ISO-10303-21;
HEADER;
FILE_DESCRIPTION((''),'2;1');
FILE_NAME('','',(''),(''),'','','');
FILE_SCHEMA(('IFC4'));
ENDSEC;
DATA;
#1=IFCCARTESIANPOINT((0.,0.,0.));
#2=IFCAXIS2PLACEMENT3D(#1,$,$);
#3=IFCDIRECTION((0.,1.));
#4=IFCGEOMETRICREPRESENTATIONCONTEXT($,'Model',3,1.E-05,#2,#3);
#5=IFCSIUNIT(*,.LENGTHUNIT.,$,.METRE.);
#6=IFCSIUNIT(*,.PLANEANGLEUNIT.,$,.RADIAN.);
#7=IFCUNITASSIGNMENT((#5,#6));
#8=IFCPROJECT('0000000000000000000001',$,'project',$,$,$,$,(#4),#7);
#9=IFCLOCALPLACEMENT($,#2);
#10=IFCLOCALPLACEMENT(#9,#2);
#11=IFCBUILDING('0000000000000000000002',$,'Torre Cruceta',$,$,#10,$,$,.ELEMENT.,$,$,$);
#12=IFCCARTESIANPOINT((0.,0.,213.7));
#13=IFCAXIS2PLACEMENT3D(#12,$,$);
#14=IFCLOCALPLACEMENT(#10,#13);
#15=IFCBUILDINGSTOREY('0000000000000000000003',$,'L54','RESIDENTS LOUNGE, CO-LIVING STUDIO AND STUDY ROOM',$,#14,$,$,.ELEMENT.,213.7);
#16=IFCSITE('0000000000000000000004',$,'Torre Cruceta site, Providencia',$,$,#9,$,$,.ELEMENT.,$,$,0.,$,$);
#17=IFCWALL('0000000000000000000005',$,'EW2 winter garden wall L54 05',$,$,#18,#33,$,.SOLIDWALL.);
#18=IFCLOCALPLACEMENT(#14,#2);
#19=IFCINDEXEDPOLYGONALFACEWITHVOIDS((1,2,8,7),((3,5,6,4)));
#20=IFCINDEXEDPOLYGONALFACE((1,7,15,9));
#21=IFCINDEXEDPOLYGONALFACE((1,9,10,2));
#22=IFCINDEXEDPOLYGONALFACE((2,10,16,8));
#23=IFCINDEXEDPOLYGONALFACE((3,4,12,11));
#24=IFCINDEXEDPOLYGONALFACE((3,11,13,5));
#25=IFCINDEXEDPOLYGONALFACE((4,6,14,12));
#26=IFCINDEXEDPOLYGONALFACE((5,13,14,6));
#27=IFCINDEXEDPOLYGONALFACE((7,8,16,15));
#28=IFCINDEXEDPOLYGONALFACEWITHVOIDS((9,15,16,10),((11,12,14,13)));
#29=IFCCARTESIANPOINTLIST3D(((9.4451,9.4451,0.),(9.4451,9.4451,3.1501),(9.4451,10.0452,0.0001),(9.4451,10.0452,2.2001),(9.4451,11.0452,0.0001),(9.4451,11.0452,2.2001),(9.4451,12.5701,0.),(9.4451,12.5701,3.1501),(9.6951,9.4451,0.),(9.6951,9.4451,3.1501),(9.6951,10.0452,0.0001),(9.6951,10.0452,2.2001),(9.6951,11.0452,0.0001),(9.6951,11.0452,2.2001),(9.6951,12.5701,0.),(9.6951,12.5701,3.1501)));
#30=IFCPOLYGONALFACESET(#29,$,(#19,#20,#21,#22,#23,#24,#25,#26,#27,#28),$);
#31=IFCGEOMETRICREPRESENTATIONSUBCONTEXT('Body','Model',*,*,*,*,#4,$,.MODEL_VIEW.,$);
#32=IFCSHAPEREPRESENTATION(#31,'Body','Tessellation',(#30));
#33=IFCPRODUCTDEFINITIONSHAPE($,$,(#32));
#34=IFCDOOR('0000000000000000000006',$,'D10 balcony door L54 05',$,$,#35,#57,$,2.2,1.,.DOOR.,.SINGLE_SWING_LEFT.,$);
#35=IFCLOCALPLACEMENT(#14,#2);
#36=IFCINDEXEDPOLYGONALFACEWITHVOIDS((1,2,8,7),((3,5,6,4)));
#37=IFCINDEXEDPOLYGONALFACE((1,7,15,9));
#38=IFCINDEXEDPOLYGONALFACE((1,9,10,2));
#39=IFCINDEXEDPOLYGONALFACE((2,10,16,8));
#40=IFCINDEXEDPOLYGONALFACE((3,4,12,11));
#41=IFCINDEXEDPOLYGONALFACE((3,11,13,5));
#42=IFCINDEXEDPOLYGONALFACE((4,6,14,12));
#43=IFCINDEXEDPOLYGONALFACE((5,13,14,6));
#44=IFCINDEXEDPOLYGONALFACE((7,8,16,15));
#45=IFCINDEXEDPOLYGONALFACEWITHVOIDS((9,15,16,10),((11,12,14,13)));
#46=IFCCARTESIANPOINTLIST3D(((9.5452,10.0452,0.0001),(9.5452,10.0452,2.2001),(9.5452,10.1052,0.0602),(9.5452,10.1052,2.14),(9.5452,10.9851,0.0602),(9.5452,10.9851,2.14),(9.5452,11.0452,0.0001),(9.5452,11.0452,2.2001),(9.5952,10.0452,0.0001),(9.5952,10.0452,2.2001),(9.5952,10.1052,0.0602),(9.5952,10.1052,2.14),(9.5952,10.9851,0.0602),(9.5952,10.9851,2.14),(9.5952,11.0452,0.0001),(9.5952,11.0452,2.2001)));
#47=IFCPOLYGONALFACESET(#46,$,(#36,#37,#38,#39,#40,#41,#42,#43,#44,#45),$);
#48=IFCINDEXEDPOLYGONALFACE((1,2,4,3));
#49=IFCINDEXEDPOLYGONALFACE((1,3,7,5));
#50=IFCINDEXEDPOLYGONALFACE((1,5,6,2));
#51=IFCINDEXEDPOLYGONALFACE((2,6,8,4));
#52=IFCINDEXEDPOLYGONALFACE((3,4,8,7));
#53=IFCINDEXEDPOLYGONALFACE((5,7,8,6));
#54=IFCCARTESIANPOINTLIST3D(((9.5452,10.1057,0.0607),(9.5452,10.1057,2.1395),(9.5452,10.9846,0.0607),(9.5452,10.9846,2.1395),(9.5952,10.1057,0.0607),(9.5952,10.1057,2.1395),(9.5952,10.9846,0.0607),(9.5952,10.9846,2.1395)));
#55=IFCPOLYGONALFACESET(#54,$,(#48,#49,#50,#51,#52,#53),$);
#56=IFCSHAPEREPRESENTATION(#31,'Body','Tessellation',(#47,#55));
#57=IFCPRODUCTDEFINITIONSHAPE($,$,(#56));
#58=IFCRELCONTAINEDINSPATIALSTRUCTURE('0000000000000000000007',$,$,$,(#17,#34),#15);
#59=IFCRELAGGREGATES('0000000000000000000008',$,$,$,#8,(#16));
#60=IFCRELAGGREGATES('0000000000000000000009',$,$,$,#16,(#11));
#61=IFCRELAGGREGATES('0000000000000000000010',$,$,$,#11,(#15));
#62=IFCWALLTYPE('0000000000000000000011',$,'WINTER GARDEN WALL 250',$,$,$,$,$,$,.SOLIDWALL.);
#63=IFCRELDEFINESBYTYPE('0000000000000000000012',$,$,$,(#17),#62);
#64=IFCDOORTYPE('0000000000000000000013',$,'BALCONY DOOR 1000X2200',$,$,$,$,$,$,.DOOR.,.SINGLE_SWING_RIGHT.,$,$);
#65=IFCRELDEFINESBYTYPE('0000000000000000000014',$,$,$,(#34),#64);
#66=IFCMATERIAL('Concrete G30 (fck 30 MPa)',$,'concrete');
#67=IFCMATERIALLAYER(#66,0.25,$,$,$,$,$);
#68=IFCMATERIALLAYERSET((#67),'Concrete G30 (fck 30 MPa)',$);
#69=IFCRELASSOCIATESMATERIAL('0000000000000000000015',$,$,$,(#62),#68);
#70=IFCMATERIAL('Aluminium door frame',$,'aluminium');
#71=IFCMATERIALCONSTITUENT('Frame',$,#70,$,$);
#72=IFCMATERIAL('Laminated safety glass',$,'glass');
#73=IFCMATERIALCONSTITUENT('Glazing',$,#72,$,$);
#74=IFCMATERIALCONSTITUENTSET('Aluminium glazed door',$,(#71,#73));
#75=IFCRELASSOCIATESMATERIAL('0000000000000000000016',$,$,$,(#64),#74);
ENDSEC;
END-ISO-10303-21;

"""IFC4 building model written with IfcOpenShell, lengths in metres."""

from ifc_helpers import new_model, si_unit, direction, frame, frame_2d, origin, place, context, subcontext, project, spatial, rectangle, hollow_rectangle, extrude, material, layer, layer_set, constituent, constituent_set, type_object, element, fill, save


model = new_model("IFC4")

# Units and contexts
model_context = context("Model", 3, precision=1e-05, world=origin(), true_north=direction((0.0, 1.0)))
body_context = subcontext(model_context, "Body", "Model", "MODEL_VIEW")
ifc_project = project(units=[si_unit("LENGTHUNIT", "METRE"), si_unit("PLANEANGLEUNIT", "RADIAN")], contexts=[model_context])

# Site, building, storey
site_placement = place(None, origin())
site = spatial("IfcSite", under=ifc_project, at=site_placement, Name="Torre Cruceta site, Providencia", CompositionType="ELEMENT", RefElevation=0.0)
building_placement = place(site_placement, origin())
building = spatial("IfcBuilding", under=site, at=building_placement, Name="Torre Cruceta", CompositionType="ELEMENT")
storey_placement = place(building_placement, frame((0.0, 0.0, 213.7)))
storey = spatial("IfcBuildingStorey", under=building, at=storey_placement, Name="L54", Description="RESIDENTS LOUNGE, CO-LIVING STUDIO AND STUDY ROOM", CompositionType="ELEMENT", Elevation=213.7)

# Wall, opening, door
ifc_material_1 = material(Name="Concrete G30 (fck 30 MPa)", Category="concrete")
ifc_layer_1 = layer(ifc_material_1, 0.25)
ifc_layer_set_1 = layer_set([ifc_layer_1], Name="Concrete G30 (fck 30 MPa)")
wall_type_1 = type_object("IfcWallType", Name="WINTER GARDEN WALL 250", PredefinedType="SOLIDWALL", material=ifc_layer_set_1)
ifc_material_2 = material(Name="Aluminium door frame", Category="aluminium")
ifc_constituent_1 = constituent(ifc_material_2, Name="Frame")
ifc_material_3 = material(Name="Laminated safety glass", Category="glass")
ifc_constituent_2 = constituent(ifc_material_3, Name="Glazing")
ifc_constituent_set_1 = constituent_set(constituents=[ifc_constituent_1, ifc_constituent_2], Name="Aluminium glazed door")
door_type_1 = type_object("IfcDoorType", Name="BALCONY DOOR 1000X2200", OperationType="SINGLE_SWING_RIGHT", PredefinedType="DOOR", material=ifc_constituent_set_1)
wall_1_placement = place(storey_placement, frame((9.5701, 9.4451, 0.0), z_axis=(0.0, 0.0, 1.0), x_axis=(0.0, 1.0, 0.0)))
wall_1 = element("IfcWall", 1, at=wall_1_placement, inside=storey, type_object=wall_type_1, Name="EW2 winter garden wall L54 05", PredefinedType="SOLIDWALL", context=body_context, shape_type="SweptSolid", body=[
    extrude(rectangle(XDim=3.125, YDim=0.25, at=frame_2d((1.5625, 0.0))), origin(), (0.0, 0.0, 1.0), 3.1501),
])
opening_1_placement = place(wall_1_placement, frame((0.6001, 0.0, 0.0)))
opening_1 = element("IfcOpeningElement", 2, at=opening_1_placement, cuts=wall_1, PredefinedType="OPENING", context=body_context, shape_type="SweptSolid", body=[
    extrude(rectangle(XDim=1.0, YDim=2.2, at=frame_2d((0.5, 1.1001))), frame((0.0, 0.135, 0.0), z_axis=(0.0, -1.0, 0.0), x_axis=(1.0, 0.0, 0.0)), (0.0, 0.0, 1.0), 0.27),
])
door_1_placement = place(opening_1_placement, origin())
door_1 = element("IfcDoor", 3, at=door_1_placement, inside=storey, type_object=door_type_1, Name="D10 balcony door L54 05", OperationType="SINGLE_SWING_LEFT", OverallHeight=2.2, OverallWidth=1.0, PredefinedType="DOOR", context=body_context, shape_type="SweptSolid", body=[
    extrude(hollow_rectangle(XDim=1.0, YDim=2.2, WallThickness=0.0601, at=frame_2d((0.5, 1.1001))), frame((0.0, 0.0249, 0.0), z_axis=(0.0, -1.0, 0.0), x_axis=(1.0, 0.0, 0.0)), (0.0, 0.0, 1.0), 0.05),
    extrude(rectangle(XDim=0.8789, YDim=2.0789, at=frame_2d((0.5, 1.1001))), frame((0.0, 0.0249, 0.0), z_axis=(0.0, -1.0, 0.0), x_axis=(1.0, 0.0, 0.0)), (0.0, 0.0, 1.0), 0.05),
])
fill(opening_1, door_1)

save(model, "model.ifc")
